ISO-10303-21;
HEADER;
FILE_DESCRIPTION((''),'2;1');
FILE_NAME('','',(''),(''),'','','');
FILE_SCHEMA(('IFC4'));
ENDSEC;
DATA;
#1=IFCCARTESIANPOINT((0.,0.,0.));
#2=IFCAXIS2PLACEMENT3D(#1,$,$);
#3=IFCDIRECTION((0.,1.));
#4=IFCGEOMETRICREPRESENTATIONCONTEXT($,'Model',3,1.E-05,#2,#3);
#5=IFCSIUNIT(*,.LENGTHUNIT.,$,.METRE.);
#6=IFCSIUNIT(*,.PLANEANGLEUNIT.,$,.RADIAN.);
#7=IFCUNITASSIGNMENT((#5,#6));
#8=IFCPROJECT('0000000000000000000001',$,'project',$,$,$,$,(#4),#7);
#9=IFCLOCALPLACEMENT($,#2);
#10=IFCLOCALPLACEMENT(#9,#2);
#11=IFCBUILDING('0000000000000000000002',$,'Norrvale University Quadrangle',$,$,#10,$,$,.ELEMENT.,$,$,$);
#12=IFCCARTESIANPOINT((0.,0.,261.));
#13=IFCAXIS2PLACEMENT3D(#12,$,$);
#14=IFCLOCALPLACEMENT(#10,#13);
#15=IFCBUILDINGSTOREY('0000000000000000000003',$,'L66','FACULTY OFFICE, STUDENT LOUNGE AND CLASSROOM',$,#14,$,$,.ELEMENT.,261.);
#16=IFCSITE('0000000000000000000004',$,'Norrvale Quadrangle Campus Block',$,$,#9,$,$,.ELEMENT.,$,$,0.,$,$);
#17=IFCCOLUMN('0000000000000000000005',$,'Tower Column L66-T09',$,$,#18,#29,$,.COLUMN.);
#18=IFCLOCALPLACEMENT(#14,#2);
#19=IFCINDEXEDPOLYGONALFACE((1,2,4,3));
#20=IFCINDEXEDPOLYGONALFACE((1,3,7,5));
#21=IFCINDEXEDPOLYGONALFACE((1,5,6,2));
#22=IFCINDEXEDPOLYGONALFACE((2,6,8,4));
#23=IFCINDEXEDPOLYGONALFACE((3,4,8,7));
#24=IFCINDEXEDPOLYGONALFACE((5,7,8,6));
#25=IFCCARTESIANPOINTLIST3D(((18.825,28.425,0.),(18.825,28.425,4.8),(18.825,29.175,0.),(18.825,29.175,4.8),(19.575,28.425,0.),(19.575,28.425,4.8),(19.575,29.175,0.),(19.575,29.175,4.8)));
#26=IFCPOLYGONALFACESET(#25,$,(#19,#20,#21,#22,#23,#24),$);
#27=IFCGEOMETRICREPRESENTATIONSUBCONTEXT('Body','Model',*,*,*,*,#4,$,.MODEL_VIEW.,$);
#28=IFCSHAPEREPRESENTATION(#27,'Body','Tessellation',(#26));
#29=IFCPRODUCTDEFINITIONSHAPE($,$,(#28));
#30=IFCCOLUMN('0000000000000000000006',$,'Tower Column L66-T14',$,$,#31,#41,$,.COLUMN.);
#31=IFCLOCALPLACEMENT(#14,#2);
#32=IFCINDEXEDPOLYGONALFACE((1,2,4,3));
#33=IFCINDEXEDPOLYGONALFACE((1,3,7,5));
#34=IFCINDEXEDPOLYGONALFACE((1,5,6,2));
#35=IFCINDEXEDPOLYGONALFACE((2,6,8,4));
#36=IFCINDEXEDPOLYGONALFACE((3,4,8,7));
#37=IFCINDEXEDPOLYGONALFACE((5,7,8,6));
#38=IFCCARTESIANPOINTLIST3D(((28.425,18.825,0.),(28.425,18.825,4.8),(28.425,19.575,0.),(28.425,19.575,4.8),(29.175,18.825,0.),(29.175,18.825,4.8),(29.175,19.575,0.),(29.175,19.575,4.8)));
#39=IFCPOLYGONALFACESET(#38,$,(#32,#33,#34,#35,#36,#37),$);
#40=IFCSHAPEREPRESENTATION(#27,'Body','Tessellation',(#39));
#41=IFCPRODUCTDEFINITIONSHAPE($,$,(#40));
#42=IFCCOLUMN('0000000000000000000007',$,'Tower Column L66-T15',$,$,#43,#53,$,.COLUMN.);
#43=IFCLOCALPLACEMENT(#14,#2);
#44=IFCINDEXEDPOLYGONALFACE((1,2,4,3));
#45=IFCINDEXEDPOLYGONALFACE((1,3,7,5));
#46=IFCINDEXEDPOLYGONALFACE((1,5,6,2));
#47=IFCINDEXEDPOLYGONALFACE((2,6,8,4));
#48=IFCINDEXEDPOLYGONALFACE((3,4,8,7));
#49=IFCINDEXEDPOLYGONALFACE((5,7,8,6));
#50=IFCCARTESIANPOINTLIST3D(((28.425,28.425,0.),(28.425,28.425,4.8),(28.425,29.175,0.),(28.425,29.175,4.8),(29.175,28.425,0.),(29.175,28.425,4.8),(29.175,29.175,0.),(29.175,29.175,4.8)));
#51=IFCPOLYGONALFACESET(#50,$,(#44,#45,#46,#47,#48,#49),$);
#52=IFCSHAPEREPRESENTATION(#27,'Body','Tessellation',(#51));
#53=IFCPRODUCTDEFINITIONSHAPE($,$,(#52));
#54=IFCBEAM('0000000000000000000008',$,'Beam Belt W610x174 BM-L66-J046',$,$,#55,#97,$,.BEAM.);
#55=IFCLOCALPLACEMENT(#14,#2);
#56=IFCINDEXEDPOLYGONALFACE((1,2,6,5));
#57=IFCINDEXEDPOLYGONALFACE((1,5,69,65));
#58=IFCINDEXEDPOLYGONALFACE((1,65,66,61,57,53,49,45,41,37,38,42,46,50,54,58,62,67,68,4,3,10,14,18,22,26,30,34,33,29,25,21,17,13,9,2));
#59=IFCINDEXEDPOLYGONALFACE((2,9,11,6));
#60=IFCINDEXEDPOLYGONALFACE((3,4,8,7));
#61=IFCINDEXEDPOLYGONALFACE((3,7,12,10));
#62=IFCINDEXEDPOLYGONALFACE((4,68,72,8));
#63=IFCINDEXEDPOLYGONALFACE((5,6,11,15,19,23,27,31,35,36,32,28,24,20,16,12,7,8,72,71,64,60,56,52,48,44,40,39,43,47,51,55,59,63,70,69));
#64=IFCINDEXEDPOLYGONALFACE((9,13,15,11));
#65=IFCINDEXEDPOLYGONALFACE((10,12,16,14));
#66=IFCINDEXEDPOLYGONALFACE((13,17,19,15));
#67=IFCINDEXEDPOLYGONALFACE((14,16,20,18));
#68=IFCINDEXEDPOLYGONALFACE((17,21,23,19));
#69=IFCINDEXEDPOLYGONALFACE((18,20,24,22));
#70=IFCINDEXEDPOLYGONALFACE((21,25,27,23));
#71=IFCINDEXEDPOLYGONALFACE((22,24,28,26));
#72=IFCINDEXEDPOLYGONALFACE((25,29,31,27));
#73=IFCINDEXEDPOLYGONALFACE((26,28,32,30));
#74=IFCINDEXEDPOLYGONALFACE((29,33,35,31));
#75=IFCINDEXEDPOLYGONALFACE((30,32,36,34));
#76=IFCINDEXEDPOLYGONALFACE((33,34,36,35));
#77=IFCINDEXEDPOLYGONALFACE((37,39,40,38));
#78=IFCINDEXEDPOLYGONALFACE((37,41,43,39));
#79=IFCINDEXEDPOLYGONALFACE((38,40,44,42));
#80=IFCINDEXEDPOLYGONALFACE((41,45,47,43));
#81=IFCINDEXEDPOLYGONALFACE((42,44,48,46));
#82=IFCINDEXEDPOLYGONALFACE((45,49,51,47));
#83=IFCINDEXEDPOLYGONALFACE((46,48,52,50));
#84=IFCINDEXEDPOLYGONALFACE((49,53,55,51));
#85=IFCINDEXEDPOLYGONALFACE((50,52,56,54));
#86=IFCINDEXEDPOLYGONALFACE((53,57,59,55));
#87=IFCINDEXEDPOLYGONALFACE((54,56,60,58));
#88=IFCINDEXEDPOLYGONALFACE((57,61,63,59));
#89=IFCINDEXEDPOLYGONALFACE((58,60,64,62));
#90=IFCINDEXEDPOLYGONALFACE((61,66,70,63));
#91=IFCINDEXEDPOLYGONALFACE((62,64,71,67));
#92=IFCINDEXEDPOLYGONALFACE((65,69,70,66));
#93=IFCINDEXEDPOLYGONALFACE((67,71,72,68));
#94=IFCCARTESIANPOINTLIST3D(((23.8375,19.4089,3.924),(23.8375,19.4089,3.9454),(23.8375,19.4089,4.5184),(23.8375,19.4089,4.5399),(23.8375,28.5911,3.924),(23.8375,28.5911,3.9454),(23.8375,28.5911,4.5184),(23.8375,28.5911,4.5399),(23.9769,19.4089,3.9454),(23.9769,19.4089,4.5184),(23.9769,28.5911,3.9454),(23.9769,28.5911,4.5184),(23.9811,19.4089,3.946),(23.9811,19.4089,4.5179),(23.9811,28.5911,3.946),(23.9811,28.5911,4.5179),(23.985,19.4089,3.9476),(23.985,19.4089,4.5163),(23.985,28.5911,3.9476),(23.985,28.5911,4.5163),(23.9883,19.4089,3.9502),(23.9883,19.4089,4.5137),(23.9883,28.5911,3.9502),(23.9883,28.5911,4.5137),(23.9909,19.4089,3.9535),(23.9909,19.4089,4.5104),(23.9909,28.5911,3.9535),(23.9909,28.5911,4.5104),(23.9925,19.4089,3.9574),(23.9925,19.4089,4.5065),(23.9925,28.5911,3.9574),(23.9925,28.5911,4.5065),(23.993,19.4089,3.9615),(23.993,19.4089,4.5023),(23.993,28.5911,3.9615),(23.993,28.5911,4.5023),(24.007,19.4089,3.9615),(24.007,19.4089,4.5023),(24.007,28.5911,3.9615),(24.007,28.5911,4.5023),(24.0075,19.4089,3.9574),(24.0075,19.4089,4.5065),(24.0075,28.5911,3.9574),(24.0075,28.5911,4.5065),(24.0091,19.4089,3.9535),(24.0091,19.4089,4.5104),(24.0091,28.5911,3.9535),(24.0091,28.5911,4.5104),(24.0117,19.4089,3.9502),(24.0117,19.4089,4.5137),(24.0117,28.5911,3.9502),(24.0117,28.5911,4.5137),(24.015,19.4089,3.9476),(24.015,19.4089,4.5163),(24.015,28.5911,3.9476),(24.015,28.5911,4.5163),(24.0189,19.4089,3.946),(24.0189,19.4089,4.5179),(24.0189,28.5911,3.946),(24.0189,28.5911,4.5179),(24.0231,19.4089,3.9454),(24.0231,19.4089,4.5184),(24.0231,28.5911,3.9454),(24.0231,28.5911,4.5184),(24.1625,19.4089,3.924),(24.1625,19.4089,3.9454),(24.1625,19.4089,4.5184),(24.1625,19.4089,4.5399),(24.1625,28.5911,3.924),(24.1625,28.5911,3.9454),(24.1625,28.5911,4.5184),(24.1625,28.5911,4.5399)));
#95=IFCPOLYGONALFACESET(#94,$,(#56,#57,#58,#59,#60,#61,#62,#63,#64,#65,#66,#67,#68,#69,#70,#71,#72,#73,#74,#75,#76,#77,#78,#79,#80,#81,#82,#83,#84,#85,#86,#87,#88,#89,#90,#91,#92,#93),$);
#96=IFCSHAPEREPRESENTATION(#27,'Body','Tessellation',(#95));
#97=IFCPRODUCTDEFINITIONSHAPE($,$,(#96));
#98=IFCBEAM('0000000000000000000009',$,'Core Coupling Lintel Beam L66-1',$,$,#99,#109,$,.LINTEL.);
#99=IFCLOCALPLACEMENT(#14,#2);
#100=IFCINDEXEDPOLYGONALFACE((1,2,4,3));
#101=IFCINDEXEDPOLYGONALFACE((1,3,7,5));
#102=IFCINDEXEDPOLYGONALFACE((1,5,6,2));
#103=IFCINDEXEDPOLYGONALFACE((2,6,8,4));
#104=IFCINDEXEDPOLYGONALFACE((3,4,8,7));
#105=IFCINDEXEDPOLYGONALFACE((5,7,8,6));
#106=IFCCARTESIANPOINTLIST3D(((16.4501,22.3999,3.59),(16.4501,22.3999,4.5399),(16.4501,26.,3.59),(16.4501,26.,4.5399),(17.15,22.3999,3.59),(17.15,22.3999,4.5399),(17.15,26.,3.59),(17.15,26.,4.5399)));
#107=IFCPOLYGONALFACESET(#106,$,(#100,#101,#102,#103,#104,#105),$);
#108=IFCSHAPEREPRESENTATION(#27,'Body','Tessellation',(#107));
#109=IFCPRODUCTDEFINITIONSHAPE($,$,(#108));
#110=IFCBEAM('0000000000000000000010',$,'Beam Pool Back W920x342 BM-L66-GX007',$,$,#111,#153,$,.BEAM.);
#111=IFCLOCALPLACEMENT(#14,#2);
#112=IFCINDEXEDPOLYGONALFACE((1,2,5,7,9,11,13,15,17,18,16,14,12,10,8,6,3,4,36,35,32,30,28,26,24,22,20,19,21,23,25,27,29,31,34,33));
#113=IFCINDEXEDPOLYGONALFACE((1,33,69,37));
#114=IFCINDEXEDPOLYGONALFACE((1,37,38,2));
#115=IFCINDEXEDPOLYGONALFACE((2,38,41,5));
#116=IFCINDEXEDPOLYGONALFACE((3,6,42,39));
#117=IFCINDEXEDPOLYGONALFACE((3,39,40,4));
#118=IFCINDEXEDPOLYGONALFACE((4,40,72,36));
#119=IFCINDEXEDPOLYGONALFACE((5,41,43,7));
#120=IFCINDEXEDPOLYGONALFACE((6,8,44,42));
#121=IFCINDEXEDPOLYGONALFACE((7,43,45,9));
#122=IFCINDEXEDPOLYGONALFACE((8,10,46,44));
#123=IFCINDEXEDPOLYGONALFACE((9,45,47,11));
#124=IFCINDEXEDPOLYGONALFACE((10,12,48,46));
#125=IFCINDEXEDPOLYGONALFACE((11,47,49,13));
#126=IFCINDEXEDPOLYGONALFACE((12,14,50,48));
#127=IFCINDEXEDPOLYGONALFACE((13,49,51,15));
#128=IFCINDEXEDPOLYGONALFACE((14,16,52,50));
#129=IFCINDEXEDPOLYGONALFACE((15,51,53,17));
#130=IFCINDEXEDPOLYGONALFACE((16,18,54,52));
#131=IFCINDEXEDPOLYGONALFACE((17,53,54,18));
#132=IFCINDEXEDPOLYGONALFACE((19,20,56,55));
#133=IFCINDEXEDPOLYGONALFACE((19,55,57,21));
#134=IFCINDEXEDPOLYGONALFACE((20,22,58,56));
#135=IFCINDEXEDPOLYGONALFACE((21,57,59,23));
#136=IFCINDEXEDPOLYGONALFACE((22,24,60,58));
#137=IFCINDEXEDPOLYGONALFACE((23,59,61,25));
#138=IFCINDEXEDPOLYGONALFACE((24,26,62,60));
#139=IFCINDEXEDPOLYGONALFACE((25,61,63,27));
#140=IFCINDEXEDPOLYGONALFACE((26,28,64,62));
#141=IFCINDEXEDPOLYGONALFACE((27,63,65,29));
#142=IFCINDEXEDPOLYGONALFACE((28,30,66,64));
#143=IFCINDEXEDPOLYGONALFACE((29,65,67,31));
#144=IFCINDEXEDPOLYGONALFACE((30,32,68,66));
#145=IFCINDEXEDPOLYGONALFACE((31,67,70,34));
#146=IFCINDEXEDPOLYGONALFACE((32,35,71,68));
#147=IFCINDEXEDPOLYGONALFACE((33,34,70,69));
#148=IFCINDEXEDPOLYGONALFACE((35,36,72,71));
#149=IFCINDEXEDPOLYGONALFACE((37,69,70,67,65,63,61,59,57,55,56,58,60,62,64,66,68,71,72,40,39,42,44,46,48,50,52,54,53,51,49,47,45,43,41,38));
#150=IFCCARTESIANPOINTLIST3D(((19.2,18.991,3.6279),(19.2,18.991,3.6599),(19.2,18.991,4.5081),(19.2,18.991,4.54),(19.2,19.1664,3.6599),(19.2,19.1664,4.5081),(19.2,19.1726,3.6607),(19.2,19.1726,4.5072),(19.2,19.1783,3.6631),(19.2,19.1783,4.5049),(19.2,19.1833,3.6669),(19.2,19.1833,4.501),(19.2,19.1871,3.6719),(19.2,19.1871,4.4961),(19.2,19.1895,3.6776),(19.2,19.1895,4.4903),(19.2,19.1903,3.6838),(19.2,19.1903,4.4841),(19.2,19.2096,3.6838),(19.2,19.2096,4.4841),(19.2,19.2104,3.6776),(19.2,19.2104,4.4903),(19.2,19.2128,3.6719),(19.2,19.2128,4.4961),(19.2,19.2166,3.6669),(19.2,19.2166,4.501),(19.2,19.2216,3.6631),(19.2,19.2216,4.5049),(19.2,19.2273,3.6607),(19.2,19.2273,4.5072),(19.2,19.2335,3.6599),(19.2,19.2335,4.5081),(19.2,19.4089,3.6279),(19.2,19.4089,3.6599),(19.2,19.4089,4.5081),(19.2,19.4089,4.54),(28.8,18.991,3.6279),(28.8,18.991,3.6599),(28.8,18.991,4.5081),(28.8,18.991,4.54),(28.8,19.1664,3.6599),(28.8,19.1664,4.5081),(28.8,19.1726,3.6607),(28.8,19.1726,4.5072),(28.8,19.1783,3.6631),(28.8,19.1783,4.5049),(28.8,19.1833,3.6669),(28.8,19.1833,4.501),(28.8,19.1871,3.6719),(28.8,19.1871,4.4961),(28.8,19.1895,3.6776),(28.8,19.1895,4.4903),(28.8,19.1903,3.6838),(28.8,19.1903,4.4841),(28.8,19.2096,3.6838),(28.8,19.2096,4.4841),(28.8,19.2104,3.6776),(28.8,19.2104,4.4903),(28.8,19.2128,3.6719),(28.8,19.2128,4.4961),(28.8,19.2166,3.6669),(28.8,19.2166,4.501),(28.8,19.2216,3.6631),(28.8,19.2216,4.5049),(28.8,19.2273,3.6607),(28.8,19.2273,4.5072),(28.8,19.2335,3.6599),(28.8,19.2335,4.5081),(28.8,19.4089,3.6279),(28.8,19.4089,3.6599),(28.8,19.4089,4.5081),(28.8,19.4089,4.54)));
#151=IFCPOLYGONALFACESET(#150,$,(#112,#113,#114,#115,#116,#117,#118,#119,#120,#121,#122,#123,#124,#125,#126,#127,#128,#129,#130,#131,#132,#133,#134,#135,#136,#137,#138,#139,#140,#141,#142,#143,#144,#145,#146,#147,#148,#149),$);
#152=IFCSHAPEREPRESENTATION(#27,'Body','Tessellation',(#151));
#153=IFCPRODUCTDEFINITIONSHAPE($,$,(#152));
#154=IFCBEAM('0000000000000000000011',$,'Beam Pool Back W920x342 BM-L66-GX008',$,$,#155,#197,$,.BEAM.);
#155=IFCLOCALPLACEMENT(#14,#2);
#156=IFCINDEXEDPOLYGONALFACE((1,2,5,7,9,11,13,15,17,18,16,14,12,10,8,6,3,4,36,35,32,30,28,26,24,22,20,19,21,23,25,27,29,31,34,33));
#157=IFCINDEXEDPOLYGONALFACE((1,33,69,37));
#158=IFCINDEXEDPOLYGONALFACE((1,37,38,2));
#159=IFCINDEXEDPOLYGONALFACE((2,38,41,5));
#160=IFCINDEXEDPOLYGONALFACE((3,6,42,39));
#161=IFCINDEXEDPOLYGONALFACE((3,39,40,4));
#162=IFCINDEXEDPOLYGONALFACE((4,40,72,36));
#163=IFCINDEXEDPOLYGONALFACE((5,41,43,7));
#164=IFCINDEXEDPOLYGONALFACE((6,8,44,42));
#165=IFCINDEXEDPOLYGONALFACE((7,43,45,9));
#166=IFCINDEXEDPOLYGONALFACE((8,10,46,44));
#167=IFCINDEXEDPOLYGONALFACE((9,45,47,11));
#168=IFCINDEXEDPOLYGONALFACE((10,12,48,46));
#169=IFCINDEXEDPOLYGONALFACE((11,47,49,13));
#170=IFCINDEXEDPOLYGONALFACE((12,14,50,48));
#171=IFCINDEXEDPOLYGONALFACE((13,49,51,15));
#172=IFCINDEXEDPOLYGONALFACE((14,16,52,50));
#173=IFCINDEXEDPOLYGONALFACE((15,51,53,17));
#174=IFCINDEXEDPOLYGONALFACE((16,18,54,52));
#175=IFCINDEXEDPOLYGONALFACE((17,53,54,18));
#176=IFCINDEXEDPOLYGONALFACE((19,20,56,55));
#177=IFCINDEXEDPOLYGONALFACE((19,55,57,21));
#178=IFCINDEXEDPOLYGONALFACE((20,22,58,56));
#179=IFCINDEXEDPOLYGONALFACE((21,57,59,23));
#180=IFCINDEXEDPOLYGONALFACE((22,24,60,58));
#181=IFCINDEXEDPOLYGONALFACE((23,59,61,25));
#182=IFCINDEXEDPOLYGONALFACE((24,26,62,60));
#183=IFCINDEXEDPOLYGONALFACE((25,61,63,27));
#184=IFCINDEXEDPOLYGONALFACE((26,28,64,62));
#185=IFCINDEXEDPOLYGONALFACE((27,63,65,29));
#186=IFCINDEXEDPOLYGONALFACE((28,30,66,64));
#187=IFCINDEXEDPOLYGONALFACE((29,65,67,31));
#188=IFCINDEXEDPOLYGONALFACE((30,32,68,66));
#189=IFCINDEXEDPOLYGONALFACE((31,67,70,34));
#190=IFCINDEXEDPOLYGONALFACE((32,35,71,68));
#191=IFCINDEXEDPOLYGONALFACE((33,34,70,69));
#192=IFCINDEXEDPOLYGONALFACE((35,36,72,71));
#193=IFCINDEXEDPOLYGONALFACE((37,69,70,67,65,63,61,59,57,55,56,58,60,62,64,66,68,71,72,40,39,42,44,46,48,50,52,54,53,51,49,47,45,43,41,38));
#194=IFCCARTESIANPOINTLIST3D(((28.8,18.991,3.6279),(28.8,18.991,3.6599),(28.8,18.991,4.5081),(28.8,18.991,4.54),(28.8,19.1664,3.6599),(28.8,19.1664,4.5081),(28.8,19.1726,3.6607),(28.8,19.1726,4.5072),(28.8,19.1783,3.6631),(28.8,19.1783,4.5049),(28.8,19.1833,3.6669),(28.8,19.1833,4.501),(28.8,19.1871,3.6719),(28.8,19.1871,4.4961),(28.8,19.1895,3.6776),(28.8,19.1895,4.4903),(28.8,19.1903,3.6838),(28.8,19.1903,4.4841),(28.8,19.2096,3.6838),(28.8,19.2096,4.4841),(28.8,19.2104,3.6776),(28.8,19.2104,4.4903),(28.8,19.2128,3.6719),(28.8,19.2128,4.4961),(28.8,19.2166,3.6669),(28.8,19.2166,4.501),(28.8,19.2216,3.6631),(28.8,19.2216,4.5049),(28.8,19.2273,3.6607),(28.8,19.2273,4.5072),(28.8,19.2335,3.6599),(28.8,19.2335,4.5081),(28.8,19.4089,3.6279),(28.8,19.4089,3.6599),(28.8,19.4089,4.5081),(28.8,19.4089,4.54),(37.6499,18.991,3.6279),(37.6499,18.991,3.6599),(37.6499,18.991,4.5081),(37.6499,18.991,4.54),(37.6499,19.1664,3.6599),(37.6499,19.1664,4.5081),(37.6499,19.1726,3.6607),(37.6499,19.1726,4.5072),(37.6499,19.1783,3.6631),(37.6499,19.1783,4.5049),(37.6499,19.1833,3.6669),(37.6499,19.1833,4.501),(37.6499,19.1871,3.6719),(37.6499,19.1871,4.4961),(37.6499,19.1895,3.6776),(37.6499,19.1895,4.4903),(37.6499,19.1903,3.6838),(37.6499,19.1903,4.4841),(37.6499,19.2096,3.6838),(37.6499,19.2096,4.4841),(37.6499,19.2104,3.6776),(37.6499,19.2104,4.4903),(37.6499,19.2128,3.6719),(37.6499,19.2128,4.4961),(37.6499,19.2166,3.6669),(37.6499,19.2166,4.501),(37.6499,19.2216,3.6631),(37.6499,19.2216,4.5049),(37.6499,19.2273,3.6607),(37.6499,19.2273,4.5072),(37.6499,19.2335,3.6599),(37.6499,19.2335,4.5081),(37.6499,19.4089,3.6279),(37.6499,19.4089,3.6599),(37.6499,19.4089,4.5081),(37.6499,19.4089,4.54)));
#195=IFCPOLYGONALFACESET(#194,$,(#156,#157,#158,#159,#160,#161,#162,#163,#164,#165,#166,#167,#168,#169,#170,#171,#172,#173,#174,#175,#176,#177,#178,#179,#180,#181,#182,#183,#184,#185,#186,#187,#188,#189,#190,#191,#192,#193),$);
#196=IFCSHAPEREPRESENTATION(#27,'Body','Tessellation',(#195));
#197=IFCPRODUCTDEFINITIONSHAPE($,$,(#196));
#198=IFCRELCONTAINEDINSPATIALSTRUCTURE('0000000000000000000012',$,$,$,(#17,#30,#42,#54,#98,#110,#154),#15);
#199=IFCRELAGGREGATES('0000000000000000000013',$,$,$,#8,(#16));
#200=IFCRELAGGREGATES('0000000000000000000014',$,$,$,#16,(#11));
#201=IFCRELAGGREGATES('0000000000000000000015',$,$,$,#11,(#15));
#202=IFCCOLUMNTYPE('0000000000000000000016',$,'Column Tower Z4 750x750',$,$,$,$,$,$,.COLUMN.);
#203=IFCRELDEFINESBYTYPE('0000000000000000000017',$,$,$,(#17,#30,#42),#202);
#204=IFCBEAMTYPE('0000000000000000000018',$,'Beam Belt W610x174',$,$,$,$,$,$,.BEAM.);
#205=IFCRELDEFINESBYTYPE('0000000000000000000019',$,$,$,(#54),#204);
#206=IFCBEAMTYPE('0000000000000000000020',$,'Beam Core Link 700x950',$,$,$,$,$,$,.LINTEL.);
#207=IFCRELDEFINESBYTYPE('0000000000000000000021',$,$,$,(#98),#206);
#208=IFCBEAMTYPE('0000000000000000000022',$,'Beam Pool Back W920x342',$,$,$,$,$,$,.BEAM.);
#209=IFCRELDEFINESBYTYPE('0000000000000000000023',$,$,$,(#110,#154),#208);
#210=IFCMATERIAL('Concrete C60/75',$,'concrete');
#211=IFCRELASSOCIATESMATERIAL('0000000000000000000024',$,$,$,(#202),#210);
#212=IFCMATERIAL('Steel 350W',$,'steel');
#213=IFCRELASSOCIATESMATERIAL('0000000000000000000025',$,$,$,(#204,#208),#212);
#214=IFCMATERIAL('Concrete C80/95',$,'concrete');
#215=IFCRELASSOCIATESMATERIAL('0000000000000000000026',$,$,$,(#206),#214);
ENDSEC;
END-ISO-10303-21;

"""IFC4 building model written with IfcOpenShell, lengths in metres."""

from ifc_helpers import new_model, si_unit, direction, frame, origin, origin_2d, place, context, subcontext, project, spatial, rectangle, i_section, extrude, material, material_profile, profile_set, type_object, element, save


model = new_model("IFC4")

# Units and contexts
model_context = context("Model", 3, precision=1e-05, world=origin(), true_north=direction((0.0, 1.0)))
body_context = subcontext(model_context, "Body", "Model", "MODEL_VIEW")
ifc_project = project(units=[si_unit("LENGTHUNIT", "METRE"), si_unit("PLANEANGLEUNIT", "RADIAN")], contexts=[model_context])

# Site, building, storey
site_placement = place(None, origin())
site = spatial("IfcSite", under=ifc_project, at=site_placement, Name="Norrvale Quadrangle Campus Block", CompositionType="ELEMENT", RefElevation=0.0)
building_placement = place(site_placement, origin())
building = spatial("IfcBuilding", under=site, at=building_placement, Name="Norrvale University Quadrangle", CompositionType="ELEMENT")
storey_placement = place(building_placement, frame((0.0, 0.0, 261.0)))
storey = spatial("IfcBuildingStorey", under=building, at=storey_placement, Name="L66", Description="FACULTY OFFICE, STUDENT LOUNGE AND CLASSROOM", CompositionType="ELEMENT", Elevation=261.0)

# Columns
ifc_material_1 = material(Name="Concrete C60/75", Category="concrete")
ifc_material_profile_1 = material_profile(ifc_material_1, rectangle(XDim=0.75, YDim=0.75, at=origin_2d()), Name="Concrete C60/75")
ifc_profile_set_1 = profile_set([ifc_material_profile_1], Name="Concrete C60/75")
column_type = type_object("IfcColumnType", Name="Column Tower Z4 750x750", PredefinedType="COLUMN", material=ifc_profile_set_1)
for number, where, z_axis, x_axis, name in (
    (1, (19.2, 28.8, 0.0), (0.0, 0.0, 1.0), (1.0, 0.0, 0.0), "Tower Column L66-T09"),
    (2, (28.8, 19.2, 0.0), (0.0, 0.0, 1.0), (1.0, 0.0, 0.0), "Tower Column L66-T14"),
    (3, (28.8, 28.8, 0.0), (0.0, 0.0, 1.0), (1.0, 0.0, 0.0), "Tower Column L66-T15"),
):
    element("IfcColumn", number, at=place(storey_placement, frame(where, z_axis=z_axis, x_axis=x_axis)), inside=storey, type_object=column_type, Name=name, PredefinedType="COLUMN", context=body_context, shape_type="SweptSolid", body=[
        extrude(rectangle(XDim=0.75, YDim=0.75, at=origin_2d()), origin(), (0.0, 0.0, 1.0), 4.8),
    ])

# Beams
ifc_material_2 = material(Name="Steel 350W", Category="steel")
ifc_material_profile_2 = material_profile(ifc_material_2, i_section(OverallWidth=0.325, OverallDepth=0.616, WebThickness=0.0139, FlangeThickness=0.0215, FilletRadius=0.0161, at=origin_2d()), Name="Steel 350W")
ifc_profile_set_2 = profile_set([ifc_material_profile_2], Name="Steel 350W")
beam_type_1 = type_object("IfcBeamType", Name="Beam Belt W610x174", PredefinedType="BEAM", material=ifc_profile_set_2)
beam_1_placement = place(storey_placement, frame((24.0, 19.4089, 4.2319), z_axis=(0.0, 1.0, 0.0), x_axis=(-1.0, 0.0, 0.0)))
element("IfcBeam", 4, at=beam_1_placement, inside=storey, type_object=beam_type_1, Name="Beam Belt W610x174 BM-L66-J046", PredefinedType="BEAM", context=body_context, shape_type="SweptSolid", body=[
    extrude(i_section(OverallWidth=0.325, OverallDepth=0.616, WebThickness=0.0139, FlangeThickness=0.0215, FilletRadius=0.0161, at=origin_2d()), origin(), (0.0, 0.0, 1.0), 9.1821),
])
ifc_material_3 = material(Name="Concrete C80/95", Category="concrete")
ifc_material_profile_3 = material_profile(ifc_material_3, rectangle(XDim=0.7, YDim=0.95, at=origin_2d()), Name="Concrete C80/95")
ifc_profile_set_3 = profile_set([ifc_material_profile_3], Name="Concrete C80/95")
beam_type_2 = type_object("IfcBeamType", Name="Beam Core Link 700x950", PredefinedType="LINTEL", material=ifc_profile_set_3)
beam_2_placement = place(storey_placement, frame((16.8, 22.3999, 4.0649), z_axis=(0.0, 1.0, 0.0), x_axis=(-1.0, 0.0, 0.0)))
element("IfcBeam", 5, at=beam_2_placement, inside=storey, type_object=beam_type_2, Name="Core Coupling Lintel Beam L66-1", PredefinedType="LINTEL", context=body_context, shape_type="SweptSolid", body=[
    extrude(rectangle(XDim=0.7, YDim=0.95, at=origin_2d()), origin(), (0.0, 0.0, 1.0), 3.6001),
])
ifc_material_profile_4 = material_profile(ifc_material_2, i_section(OverallWidth=0.418, OverallDepth=0.9121, WebThickness=0.0193, FlangeThickness=0.032, FilletRadius=0.0239, at=origin_2d()), Name="Steel 350W")
ifc_profile_set_4 = profile_set([ifc_material_profile_4], Name="Steel 350W")
beam_type_3 = type_object("IfcBeamType", Name="Beam Pool Back W920x342", PredefinedType="BEAM", material=ifc_profile_set_4)
beam_3_placement = place(storey_placement, frame((19.2, 19.2, 4.084), z_axis=(1.0, 0.0, 0.0), x_axis=(0.0, 1.0, 0.0)))
element("IfcBeam", 6, at=beam_3_placement, inside=storey, type_object=beam_type_3, Name="Beam Pool Back W920x342 BM-L66-GX007", PredefinedType="BEAM", context=body_context, shape_type="SweptSolid", body=[
    extrude(i_section(OverallWidth=0.418, OverallDepth=0.9121, WebThickness=0.0193, FlangeThickness=0.032, FilletRadius=0.0239, at=origin_2d()), origin(), (0.0, 0.0, 1.0), 9.6001),
])
beam_4_placement = place(storey_placement, frame((28.8, 19.2, 4.084), z_axis=(1.0, 0.0, 0.0), x_axis=(0.0, 1.0, 0.0)))
element("IfcBeam", 7, at=beam_4_placement, inside=storey, type_object=beam_type_3, Name="Beam Pool Back W920x342 BM-L66-GX008", PredefinedType="BEAM", context=body_context, shape_type="SweptSolid", body=[
    extrude(i_section(OverallWidth=0.418, OverallDepth=0.9121, WebThickness=0.0193, FlangeThickness=0.032, FilletRadius=0.0239, at=origin_2d()), origin(), (0.0, 0.0, 1.0), 8.8499),
])

save(model, "model.ifc")
